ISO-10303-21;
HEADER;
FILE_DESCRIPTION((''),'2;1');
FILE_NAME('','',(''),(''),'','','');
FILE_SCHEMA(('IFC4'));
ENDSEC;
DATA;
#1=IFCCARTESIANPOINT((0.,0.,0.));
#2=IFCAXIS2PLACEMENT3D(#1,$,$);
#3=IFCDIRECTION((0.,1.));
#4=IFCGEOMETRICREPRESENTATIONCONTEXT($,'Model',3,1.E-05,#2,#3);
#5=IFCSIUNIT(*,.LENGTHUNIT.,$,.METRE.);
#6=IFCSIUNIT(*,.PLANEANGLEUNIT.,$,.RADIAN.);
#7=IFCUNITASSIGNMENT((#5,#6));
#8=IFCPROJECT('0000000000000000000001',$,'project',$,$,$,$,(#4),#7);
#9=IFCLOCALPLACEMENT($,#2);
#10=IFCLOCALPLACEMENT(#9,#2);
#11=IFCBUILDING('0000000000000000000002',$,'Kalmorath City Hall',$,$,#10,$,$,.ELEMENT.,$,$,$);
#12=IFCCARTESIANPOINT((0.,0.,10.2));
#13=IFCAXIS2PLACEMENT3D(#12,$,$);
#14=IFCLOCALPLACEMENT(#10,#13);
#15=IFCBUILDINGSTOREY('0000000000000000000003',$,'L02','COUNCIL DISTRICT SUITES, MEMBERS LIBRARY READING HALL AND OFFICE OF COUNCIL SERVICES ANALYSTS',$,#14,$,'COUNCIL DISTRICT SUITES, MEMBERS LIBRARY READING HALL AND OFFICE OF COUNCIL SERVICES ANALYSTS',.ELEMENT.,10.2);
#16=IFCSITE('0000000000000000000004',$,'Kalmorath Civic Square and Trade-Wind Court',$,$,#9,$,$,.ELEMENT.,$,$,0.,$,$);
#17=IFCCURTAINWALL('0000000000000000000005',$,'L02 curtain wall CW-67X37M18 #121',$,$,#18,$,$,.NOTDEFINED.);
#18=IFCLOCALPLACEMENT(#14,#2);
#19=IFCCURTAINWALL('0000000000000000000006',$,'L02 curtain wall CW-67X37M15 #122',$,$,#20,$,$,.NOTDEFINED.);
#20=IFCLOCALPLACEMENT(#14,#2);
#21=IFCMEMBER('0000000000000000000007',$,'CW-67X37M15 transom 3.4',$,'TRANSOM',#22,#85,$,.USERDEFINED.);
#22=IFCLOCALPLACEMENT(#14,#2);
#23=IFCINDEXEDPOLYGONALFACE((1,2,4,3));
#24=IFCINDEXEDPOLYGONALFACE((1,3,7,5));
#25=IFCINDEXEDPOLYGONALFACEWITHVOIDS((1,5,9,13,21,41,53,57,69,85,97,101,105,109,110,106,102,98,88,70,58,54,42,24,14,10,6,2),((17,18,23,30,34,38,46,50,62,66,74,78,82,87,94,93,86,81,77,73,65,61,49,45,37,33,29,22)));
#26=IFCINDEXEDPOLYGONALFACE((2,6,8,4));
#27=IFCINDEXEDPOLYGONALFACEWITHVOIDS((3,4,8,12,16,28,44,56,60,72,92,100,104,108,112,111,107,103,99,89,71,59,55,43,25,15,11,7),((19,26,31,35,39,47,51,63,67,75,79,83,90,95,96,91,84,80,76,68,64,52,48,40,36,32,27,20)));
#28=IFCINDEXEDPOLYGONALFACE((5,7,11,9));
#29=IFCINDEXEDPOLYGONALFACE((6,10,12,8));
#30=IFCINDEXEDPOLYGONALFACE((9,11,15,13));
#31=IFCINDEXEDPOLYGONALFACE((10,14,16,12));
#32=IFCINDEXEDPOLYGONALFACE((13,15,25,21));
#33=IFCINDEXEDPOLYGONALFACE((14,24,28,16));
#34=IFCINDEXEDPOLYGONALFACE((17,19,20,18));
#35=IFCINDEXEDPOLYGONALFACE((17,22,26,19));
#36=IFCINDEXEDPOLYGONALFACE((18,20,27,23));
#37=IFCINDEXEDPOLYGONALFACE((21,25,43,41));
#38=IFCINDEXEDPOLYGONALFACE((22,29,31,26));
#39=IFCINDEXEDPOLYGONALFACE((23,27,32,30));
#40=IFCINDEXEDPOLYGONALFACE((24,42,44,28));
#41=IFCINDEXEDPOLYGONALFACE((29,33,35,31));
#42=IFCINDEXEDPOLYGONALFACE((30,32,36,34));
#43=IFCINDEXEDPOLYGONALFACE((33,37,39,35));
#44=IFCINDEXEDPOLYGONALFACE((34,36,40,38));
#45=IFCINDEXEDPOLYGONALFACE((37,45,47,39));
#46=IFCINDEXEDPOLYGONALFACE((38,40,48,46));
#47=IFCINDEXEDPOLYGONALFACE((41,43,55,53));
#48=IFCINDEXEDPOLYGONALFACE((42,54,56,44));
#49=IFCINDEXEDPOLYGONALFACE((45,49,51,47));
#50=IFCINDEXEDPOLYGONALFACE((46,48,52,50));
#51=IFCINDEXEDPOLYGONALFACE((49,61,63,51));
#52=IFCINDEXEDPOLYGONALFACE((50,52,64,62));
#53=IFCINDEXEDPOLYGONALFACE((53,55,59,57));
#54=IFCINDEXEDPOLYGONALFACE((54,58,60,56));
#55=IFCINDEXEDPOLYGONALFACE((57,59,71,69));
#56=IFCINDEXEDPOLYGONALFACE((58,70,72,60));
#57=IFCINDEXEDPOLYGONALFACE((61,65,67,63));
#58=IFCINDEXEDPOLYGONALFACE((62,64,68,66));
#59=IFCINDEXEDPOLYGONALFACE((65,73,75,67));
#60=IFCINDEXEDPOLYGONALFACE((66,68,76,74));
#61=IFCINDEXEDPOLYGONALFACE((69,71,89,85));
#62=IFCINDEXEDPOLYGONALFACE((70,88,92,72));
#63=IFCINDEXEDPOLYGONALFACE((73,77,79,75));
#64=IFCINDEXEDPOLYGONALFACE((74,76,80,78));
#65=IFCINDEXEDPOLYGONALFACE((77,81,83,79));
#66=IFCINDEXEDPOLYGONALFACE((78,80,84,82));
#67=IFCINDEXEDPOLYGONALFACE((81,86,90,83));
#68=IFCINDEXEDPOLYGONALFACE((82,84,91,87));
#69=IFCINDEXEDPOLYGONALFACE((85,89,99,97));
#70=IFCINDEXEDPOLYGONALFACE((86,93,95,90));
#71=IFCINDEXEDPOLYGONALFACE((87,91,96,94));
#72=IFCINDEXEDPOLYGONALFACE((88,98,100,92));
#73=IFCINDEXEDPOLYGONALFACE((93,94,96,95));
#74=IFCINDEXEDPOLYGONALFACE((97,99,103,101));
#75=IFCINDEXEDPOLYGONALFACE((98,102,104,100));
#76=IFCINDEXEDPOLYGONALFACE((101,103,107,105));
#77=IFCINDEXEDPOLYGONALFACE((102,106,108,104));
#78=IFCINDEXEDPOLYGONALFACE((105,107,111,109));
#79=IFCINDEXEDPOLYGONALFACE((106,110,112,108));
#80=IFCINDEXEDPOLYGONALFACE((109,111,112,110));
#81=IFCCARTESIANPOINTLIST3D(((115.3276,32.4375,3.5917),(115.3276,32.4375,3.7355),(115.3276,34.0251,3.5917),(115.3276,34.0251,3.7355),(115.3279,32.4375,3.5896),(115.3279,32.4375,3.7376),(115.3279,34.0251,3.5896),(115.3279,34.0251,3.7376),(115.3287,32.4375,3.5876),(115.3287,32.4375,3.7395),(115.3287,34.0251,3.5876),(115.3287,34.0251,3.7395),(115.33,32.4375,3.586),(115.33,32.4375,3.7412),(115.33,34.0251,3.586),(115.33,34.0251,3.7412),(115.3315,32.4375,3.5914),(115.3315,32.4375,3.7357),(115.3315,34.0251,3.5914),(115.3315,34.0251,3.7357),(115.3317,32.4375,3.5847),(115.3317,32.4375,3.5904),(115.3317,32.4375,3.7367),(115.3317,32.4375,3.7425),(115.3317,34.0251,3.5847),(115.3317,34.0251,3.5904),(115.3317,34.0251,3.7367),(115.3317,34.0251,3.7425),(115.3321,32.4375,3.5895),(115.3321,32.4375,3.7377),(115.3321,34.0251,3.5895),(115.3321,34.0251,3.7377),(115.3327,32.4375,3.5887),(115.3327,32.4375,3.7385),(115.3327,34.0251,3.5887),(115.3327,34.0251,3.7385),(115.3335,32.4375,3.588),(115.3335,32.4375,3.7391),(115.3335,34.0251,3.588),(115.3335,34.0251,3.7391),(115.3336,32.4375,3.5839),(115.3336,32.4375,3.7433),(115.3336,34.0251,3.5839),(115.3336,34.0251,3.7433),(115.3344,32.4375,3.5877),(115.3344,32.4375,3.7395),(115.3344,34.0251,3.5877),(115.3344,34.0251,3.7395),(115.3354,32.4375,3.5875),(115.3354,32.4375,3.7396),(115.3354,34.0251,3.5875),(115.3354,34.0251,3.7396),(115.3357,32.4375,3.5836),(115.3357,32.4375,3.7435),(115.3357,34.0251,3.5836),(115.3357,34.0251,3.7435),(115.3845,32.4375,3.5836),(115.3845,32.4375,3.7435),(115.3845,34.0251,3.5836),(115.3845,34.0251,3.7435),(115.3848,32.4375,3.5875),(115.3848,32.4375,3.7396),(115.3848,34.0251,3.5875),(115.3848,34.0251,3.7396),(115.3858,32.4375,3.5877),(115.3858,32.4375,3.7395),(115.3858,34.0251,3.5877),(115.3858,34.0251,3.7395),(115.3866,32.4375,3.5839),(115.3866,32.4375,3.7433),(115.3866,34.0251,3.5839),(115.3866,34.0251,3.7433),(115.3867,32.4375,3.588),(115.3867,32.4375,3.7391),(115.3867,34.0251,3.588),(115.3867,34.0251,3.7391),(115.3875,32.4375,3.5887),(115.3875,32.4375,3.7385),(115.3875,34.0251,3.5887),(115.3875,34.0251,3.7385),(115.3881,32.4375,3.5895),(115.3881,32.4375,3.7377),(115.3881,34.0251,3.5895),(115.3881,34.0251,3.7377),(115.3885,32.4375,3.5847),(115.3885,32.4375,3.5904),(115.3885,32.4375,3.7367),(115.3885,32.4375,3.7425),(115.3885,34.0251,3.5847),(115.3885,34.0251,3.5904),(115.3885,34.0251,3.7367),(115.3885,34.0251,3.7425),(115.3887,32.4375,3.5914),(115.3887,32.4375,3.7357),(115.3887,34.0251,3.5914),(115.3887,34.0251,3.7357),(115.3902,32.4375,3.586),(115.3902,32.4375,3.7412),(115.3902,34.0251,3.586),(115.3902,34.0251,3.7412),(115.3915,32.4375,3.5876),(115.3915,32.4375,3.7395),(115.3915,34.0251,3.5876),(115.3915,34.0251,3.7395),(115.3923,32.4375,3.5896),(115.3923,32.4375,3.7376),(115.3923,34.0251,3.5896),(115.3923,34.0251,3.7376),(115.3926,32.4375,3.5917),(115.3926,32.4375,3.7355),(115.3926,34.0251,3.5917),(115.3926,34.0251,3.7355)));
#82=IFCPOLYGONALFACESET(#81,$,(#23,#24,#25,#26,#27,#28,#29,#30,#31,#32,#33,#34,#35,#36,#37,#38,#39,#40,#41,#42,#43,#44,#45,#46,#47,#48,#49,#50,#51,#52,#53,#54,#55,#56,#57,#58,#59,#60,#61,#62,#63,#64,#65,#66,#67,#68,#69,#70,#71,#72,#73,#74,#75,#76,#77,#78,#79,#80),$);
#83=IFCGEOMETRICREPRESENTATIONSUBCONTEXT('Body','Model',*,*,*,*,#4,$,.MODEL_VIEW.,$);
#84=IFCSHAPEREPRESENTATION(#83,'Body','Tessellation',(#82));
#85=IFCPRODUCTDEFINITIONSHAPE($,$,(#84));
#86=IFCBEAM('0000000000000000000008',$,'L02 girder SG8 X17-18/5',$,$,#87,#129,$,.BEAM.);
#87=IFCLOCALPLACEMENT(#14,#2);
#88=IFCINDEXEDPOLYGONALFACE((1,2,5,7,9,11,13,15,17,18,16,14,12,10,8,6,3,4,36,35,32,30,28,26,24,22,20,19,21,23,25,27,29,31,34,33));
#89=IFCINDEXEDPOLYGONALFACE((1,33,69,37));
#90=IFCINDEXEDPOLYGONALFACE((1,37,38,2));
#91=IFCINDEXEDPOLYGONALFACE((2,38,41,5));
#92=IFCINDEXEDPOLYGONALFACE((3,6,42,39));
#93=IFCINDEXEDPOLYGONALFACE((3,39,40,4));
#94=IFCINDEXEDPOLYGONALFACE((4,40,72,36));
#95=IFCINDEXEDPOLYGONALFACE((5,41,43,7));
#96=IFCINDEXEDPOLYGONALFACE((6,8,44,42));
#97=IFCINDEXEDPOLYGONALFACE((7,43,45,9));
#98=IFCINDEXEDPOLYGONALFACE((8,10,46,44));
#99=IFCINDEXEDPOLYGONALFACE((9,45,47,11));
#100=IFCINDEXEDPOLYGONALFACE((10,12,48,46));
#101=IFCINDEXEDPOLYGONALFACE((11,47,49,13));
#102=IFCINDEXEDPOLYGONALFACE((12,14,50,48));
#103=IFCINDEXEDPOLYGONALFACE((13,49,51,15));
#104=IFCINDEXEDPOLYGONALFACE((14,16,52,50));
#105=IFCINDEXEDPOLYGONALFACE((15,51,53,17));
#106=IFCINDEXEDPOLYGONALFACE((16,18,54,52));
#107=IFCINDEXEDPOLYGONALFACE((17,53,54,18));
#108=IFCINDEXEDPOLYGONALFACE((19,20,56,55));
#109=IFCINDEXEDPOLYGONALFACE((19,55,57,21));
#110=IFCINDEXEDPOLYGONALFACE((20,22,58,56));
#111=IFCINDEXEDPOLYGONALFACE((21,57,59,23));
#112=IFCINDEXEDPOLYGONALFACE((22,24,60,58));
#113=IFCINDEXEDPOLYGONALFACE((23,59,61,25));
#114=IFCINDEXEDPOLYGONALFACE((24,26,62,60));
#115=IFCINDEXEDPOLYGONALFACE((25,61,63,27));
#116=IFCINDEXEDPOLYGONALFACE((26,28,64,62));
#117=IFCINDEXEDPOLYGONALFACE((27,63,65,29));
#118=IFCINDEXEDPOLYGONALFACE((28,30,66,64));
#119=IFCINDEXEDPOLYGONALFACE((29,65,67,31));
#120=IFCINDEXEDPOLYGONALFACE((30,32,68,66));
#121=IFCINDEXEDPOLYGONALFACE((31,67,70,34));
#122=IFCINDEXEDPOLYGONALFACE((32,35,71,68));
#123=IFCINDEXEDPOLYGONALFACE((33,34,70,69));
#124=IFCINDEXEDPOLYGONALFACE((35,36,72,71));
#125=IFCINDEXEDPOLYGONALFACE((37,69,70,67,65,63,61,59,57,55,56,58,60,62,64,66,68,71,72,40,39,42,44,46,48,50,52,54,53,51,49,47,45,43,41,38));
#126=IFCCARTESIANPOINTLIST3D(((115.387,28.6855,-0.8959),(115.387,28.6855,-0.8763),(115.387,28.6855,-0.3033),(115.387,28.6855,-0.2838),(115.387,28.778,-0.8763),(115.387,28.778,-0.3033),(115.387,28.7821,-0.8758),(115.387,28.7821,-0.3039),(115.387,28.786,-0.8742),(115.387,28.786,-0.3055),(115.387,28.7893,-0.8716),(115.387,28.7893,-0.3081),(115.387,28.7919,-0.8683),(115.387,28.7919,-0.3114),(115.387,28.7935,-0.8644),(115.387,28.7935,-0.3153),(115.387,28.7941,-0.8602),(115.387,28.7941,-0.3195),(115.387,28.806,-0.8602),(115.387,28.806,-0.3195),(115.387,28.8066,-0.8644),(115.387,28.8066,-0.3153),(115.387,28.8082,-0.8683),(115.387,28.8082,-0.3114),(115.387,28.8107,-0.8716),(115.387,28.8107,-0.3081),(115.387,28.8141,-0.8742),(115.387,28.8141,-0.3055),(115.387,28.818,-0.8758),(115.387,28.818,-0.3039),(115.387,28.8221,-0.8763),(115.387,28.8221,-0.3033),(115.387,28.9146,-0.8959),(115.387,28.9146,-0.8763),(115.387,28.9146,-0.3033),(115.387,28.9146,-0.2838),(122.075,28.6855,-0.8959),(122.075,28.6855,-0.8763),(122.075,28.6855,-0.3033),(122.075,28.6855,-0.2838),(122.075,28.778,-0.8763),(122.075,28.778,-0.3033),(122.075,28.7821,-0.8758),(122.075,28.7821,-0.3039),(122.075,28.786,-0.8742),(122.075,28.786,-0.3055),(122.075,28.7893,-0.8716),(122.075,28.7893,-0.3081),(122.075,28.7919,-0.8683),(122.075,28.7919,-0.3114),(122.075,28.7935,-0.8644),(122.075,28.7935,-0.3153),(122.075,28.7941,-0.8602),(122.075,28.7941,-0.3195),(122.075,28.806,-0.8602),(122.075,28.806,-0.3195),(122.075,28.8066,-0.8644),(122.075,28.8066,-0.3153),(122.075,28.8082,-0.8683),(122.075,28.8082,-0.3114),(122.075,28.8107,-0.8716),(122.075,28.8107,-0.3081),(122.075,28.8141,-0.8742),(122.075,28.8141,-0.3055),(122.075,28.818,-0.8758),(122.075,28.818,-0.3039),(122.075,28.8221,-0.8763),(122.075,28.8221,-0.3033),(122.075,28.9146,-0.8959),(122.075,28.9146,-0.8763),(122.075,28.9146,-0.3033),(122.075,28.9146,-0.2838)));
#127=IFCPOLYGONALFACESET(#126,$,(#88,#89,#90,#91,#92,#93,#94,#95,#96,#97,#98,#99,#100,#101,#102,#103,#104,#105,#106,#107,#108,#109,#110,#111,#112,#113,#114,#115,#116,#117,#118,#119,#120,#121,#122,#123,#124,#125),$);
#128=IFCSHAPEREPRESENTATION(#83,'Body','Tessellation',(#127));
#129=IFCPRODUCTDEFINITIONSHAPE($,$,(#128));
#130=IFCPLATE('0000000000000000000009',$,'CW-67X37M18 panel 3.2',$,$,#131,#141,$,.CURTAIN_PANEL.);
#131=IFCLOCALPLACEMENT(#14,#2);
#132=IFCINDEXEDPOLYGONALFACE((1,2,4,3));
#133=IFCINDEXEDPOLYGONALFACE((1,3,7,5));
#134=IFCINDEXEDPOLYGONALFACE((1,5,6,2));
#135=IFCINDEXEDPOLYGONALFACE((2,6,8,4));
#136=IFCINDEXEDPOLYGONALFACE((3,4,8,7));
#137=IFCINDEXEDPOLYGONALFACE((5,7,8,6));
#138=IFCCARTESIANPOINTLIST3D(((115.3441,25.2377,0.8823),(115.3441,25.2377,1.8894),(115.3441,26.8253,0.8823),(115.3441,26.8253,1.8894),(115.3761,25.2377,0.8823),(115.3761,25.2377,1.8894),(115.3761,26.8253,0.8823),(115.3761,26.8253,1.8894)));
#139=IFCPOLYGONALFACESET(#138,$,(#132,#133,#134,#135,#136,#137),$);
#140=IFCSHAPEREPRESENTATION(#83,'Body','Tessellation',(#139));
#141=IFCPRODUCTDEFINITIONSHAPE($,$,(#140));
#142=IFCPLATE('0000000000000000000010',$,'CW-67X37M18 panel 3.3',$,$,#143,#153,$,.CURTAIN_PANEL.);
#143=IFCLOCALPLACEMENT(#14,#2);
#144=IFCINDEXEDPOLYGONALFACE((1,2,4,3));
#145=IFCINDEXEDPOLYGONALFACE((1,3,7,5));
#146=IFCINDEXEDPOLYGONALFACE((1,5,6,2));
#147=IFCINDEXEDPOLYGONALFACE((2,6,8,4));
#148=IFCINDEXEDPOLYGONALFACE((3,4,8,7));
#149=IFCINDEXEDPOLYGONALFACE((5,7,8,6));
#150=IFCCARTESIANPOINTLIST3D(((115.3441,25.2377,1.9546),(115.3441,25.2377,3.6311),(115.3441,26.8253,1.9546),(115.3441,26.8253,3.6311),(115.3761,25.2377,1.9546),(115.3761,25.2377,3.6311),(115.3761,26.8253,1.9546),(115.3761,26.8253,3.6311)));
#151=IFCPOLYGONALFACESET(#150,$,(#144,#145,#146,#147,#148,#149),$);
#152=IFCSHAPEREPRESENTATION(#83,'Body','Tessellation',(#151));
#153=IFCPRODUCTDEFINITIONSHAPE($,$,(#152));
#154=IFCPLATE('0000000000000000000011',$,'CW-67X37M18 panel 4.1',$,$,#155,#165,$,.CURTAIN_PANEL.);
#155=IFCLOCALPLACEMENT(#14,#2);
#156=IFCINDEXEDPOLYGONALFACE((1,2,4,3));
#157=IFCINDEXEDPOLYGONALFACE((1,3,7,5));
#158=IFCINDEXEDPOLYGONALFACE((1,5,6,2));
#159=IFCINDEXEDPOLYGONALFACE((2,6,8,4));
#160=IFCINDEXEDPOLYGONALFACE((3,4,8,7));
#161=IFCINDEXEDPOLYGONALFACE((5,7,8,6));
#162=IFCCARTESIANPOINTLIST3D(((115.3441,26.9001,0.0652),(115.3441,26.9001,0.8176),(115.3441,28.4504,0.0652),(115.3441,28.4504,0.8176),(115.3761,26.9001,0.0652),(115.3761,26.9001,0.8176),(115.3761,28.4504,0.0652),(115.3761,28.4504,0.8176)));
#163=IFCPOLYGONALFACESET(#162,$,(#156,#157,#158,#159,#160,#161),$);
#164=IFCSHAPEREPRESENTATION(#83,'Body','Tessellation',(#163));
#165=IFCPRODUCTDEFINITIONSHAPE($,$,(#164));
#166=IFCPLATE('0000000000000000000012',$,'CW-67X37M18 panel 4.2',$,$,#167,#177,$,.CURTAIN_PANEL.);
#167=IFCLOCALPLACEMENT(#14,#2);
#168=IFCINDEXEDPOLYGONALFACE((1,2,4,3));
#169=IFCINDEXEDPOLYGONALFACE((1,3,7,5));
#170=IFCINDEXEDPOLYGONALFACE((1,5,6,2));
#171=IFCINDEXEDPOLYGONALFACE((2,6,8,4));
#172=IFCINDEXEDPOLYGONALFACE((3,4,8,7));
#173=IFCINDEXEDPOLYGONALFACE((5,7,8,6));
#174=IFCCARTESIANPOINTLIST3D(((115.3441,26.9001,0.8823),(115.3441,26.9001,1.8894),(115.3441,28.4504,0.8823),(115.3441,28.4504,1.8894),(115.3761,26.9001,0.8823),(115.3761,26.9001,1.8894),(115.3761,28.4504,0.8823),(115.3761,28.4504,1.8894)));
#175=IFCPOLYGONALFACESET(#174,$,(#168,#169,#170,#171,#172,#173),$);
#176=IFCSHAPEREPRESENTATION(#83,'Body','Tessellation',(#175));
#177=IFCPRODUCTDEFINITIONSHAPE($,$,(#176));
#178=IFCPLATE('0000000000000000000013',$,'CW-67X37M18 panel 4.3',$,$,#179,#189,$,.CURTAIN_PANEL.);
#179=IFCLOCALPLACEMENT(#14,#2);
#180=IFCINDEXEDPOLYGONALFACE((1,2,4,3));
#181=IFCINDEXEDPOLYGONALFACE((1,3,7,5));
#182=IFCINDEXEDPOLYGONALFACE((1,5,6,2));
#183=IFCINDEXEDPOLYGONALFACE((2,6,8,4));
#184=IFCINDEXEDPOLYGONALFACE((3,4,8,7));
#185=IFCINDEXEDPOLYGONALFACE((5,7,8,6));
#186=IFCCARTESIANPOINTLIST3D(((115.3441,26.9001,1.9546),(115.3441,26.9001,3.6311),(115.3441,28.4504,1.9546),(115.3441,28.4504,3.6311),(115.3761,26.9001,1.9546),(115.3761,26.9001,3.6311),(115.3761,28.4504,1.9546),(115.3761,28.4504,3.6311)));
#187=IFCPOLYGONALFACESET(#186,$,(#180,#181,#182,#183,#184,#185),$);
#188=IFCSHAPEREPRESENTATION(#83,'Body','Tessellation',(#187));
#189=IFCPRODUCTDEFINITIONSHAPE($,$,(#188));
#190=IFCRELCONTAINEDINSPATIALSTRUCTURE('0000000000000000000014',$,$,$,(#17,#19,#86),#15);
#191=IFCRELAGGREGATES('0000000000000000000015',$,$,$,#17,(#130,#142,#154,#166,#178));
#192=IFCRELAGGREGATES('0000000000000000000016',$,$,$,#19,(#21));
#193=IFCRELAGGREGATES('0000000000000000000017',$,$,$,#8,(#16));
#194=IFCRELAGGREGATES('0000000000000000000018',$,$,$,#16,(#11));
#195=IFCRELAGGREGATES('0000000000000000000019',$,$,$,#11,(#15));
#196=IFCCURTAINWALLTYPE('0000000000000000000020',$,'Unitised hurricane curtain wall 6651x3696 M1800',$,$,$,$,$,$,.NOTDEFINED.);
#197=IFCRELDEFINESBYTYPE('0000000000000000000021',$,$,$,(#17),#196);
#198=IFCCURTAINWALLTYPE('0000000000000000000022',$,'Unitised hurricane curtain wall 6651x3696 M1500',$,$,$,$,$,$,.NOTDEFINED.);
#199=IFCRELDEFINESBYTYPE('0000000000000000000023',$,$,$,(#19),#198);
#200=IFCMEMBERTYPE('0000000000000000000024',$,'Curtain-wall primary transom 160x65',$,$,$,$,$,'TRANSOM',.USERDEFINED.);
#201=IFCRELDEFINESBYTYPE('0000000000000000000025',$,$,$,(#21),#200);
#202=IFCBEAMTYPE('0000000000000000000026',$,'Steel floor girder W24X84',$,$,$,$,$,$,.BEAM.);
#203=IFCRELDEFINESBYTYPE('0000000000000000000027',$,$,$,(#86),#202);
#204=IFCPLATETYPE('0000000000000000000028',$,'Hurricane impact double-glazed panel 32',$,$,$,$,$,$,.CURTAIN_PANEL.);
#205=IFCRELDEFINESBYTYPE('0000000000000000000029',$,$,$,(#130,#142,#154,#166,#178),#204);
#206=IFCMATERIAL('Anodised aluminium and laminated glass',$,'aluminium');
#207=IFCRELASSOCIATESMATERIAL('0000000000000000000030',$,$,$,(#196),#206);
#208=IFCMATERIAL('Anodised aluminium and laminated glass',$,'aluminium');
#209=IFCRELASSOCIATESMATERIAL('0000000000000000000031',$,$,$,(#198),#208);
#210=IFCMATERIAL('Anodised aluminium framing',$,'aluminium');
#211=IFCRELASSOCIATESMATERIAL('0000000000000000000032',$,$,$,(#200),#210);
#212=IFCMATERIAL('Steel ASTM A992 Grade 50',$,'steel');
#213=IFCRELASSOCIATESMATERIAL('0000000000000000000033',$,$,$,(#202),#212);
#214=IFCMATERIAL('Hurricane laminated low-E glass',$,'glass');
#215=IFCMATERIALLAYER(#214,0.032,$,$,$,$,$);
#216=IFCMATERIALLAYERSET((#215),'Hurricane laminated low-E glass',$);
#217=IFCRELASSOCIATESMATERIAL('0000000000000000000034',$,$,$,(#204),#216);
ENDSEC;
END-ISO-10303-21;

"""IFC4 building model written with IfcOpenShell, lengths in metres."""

from ifc_helpers import new_model, si_unit, direction, frame, origin, origin_2d, place, context, subcontext, project, spatial, rectangle, hollow_rectangle, i_section, extrude, material, layer, layer_set, material_profile, profile_set, type_object, element, aggregate, save


model = new_model("IFC4")

# Units and contexts
model_context = context("Model", 3, precision=1e-05, world=origin(), true_north=direction((0.0, 1.0)))
body_context = subcontext(model_context, "Body", "Model", "MODEL_VIEW")
ifc_project = project(units=[si_unit("LENGTHUNIT", "METRE"), si_unit("PLANEANGLEUNIT", "RADIAN")], contexts=[model_context])

# Site, building, storey
site_placement = place(None, origin())
site = spatial("IfcSite", under=ifc_project, at=site_placement, Name="Kalmorath Civic Square and Trade-Wind Court", CompositionType="ELEMENT", RefElevation=0.0)
building_placement = place(site_placement, origin())
building = spatial("IfcBuilding", under=site, at=building_placement, Name="Kalmorath City Hall", CompositionType="ELEMENT")
storey_placement = place(building_placement, frame((0.0, 0.0, 10.2)))
storey = spatial("IfcBuildingStorey", under=building, at=storey_placement, Name="L02", Description="COUNCIL DISTRICT SUITES, MEMBERS LIBRARY READING HALL AND OFFICE OF COUNCIL SERVICES ANALYSTS", LongName="COUNCIL DISTRICT SUITES, MEMBERS LIBRARY READING HALL AND OFFICE OF COUNCIL SERVICES ANALYSTS", CompositionType="ELEMENT", Elevation=10.2)

# Curtain walls
ifc_material_1 = material(Name="Anodised aluminium and laminated glass", Category="aluminium")
curtain_wall_type_1 = type_object("IfcCurtainWallType", Name="Unitised hurricane curtain wall 6651x3696 M1800", PredefinedType="NOTDEFINED", material=ifc_material_1)
curtain_wall_1_placement = place(storey_placement, origin())
curtain_wall_1 = element("IfcCurtainWall", 1, at=curtain_wall_1_placement, inside=storey, type_object=curtain_wall_type_1, Name="L02 curtain wall CW-67X37M18 #121", PredefinedType="NOTDEFINED")
ifc_material_2 = material(Name="Anodised aluminium and laminated glass", Category="aluminium")
curtain_wall_type_2 = type_object("IfcCurtainWallType", Name="Unitised hurricane curtain wall 6651x3696 M1500", PredefinedType="NOTDEFINED", material=ifc_material_2)
curtain_wall_2_placement = place(storey_placement, origin())
curtain_wall_2 = element("IfcCurtainWall", 2, at=curtain_wall_2_placement, inside=storey, type_object=curtain_wall_type_2, Name="L02 curtain wall CW-67X37M15 #122", PredefinedType="NOTDEFINED")

# Member
ifc_material_3 = material(Name="Anodised aluminium framing", Category="aluminium")
ifc_material_profile_1 = material_profile(ifc_material_3, hollow_rectangle(XDim=0.0649, YDim=0.1599, WallThickness=0.0039, InnerFilletRadius=0.0039, OuterFilletRadius=0.0081, at=origin_2d()), Name="ALU-TRN-160X65X4")
ifc_profile_set_1 = profile_set([ifc_material_profile_1], Name="Anodised aluminium framing")
member_type_1 = type_object("IfcMemberType", Name="Curtain-wall primary transom 160x65", ElementType="TRANSOM", PredefinedType="USERDEFINED", material=ifc_profile_set_1)
member_1_placement = place(storey_placement, frame((115.3601, 32.4375, 3.6636), z_axis=(0.0, 1.0, 0.0), x_axis=(-1.0, 0.0, 0.0)))
member_1 = element("IfcMember", 3, at=member_1_placement, type_object=member_type_1, Name="CW-67X37M15 transom 3.4", ObjectType="TRANSOM", PredefinedType="USERDEFINED", context=body_context, shape_type="SweptSolid", body=[
    extrude(hollow_rectangle(XDim=0.0649, YDim=0.1599, WallThickness=0.0039, InnerFilletRadius=0.0039, OuterFilletRadius=0.0081, at=origin_2d()), origin(), (0.0, 0.0, 1.0), 1.5876),
])

# Beam
ifc_material_4 = material(Name="Steel ASTM A992 Grade 50", Category="steel")
ifc_material_profile_2 = material_profile(ifc_material_4, i_section(OverallWidth=0.229, OverallDepth=0.6121, WebThickness=0.012, FlangeThickness=0.0195, FilletRadius=0.0161, at=origin_2d()), Name="W24X84")
ifc_profile_set_2 = profile_set([ifc_material_profile_2], Name="Steel ASTM A992 Grade 50")
beam_type_1 = type_object("IfcBeamType", Name="Steel floor girder W24X84", PredefinedType="BEAM", material=ifc_profile_set_2)
beam_1_placement = place(storey_placement, frame((115.387, 28.8, -0.5898), z_axis=(1.0, 0.0, 0.0), x_axis=(0.0, 1.0, 0.0)))
element("IfcBeam", 4, at=beam_1_placement, inside=storey, type_object=beam_type_1, Name="L02 girder SG8 X17-18/5", PredefinedType="BEAM", context=body_context, shape_type="SweptSolid", body=[
    extrude(i_section(OverallWidth=0.229, OverallDepth=0.6121, WebThickness=0.012, FlangeThickness=0.0195, FilletRadius=0.0161, at=origin_2d()), origin(), (0.0, 0.0, 1.0), 6.688),
])

# Plates
ifc_material_5 = material(Name="Hurricane laminated low-E glass", Category="glass")
ifc_layer = layer(ifc_material_5, 0.032)
ifc_layer_set = layer_set([ifc_layer], Name="Hurricane laminated low-E glass")
plate_type = type_object("IfcPlateType", Name="Hurricane impact double-glazed panel 32", PredefinedType="CURTAIN_PANEL", material=ifc_layer_set)
plate_1_placement = place(storey_placement, frame((115.3601, 26.0315, 0.8823), z_axis=(0.0, 0.0, 1.0), x_axis=(0.0, 1.0, 0.0)))
plate_1 = element("IfcPlate", 5, at=plate_1_placement, type_object=plate_type, Name="CW-67X37M18 panel 3.2", PredefinedType="CURTAIN_PANEL", context=body_context, shape_type="SweptSolid", body=[
    extrude(rectangle(XDim=1.5876, YDim=0.032, at=origin_2d()), origin(), (0.0, 0.0, 1.0), 1.0071),
])
plate_2_placement = place(storey_placement, frame((115.3601, 26.0315, 1.9546), z_axis=(0.0, 0.0, 1.0), x_axis=(0.0, 1.0, 0.0)))
plate_2 = element("IfcPlate", 6, at=plate_2_placement, type_object=plate_type, Name="CW-67X37M18 panel 3.3", PredefinedType="CURTAIN_PANEL", context=body_context, shape_type="SweptSolid", body=[
    extrude(rectangle(XDim=1.5876, YDim=0.032, at=origin_2d()), origin(), (0.0, 0.0, 1.0), 1.6765),
])
plate_3_placement = place(storey_placement, frame((115.3601, 27.6753, 0.0652), z_axis=(0.0, 0.0, 1.0), x_axis=(0.0, 1.0, 0.0)))
plate_3 = element("IfcPlate", 7, at=plate_3_placement, type_object=plate_type, Name="CW-67X37M18 panel 4.1", PredefinedType="CURTAIN_PANEL", context=body_context, shape_type="SweptSolid", body=[
    extrude(rectangle(XDim=1.5503, YDim=0.032, at=origin_2d()), origin(), (0.0, 0.0, 1.0), 0.7524),
])
plate_4_placement = place(storey_placement, frame((115.3601, 27.6753, 0.8823), z_axis=(0.0, 0.0, 1.0), x_axis=(0.0, 1.0, 0.0)))
plate_4 = element("IfcPlate", 8, at=plate_4_placement, type_object=plate_type, Name="CW-67X37M18 panel 4.2", PredefinedType="CURTAIN_PANEL", context=body_context, shape_type="SweptSolid", body=[
    extrude(rectangle(XDim=1.5503, YDim=0.032, at=origin_2d()), origin(), (0.0, 0.0, 1.0), 1.0071),
])
plate_5_placement = place(storey_placement, frame((115.3601, 27.6753, 1.9546), z_axis=(0.0, 0.0, 1.0), x_axis=(0.0, 1.0, 0.0)))
plate_5 = element("IfcPlate", 9, at=plate_5_placement, type_object=plate_type, Name="CW-67X37M18 panel 4.3", PredefinedType="CURTAIN_PANEL", context=body_context, shape_type="SweptSolid", body=[
    extrude(rectangle(XDim=1.5503, YDim=0.032, at=origin_2d()), origin(), (0.0, 0.0, 1.0), 1.6765),
])
aggregate(curtain_wall_1, [plate_1, plate_2, plate_3, plate_4, plate_5])
aggregate(curtain_wall_2, [member_1])

save(model, "model.ifc")
